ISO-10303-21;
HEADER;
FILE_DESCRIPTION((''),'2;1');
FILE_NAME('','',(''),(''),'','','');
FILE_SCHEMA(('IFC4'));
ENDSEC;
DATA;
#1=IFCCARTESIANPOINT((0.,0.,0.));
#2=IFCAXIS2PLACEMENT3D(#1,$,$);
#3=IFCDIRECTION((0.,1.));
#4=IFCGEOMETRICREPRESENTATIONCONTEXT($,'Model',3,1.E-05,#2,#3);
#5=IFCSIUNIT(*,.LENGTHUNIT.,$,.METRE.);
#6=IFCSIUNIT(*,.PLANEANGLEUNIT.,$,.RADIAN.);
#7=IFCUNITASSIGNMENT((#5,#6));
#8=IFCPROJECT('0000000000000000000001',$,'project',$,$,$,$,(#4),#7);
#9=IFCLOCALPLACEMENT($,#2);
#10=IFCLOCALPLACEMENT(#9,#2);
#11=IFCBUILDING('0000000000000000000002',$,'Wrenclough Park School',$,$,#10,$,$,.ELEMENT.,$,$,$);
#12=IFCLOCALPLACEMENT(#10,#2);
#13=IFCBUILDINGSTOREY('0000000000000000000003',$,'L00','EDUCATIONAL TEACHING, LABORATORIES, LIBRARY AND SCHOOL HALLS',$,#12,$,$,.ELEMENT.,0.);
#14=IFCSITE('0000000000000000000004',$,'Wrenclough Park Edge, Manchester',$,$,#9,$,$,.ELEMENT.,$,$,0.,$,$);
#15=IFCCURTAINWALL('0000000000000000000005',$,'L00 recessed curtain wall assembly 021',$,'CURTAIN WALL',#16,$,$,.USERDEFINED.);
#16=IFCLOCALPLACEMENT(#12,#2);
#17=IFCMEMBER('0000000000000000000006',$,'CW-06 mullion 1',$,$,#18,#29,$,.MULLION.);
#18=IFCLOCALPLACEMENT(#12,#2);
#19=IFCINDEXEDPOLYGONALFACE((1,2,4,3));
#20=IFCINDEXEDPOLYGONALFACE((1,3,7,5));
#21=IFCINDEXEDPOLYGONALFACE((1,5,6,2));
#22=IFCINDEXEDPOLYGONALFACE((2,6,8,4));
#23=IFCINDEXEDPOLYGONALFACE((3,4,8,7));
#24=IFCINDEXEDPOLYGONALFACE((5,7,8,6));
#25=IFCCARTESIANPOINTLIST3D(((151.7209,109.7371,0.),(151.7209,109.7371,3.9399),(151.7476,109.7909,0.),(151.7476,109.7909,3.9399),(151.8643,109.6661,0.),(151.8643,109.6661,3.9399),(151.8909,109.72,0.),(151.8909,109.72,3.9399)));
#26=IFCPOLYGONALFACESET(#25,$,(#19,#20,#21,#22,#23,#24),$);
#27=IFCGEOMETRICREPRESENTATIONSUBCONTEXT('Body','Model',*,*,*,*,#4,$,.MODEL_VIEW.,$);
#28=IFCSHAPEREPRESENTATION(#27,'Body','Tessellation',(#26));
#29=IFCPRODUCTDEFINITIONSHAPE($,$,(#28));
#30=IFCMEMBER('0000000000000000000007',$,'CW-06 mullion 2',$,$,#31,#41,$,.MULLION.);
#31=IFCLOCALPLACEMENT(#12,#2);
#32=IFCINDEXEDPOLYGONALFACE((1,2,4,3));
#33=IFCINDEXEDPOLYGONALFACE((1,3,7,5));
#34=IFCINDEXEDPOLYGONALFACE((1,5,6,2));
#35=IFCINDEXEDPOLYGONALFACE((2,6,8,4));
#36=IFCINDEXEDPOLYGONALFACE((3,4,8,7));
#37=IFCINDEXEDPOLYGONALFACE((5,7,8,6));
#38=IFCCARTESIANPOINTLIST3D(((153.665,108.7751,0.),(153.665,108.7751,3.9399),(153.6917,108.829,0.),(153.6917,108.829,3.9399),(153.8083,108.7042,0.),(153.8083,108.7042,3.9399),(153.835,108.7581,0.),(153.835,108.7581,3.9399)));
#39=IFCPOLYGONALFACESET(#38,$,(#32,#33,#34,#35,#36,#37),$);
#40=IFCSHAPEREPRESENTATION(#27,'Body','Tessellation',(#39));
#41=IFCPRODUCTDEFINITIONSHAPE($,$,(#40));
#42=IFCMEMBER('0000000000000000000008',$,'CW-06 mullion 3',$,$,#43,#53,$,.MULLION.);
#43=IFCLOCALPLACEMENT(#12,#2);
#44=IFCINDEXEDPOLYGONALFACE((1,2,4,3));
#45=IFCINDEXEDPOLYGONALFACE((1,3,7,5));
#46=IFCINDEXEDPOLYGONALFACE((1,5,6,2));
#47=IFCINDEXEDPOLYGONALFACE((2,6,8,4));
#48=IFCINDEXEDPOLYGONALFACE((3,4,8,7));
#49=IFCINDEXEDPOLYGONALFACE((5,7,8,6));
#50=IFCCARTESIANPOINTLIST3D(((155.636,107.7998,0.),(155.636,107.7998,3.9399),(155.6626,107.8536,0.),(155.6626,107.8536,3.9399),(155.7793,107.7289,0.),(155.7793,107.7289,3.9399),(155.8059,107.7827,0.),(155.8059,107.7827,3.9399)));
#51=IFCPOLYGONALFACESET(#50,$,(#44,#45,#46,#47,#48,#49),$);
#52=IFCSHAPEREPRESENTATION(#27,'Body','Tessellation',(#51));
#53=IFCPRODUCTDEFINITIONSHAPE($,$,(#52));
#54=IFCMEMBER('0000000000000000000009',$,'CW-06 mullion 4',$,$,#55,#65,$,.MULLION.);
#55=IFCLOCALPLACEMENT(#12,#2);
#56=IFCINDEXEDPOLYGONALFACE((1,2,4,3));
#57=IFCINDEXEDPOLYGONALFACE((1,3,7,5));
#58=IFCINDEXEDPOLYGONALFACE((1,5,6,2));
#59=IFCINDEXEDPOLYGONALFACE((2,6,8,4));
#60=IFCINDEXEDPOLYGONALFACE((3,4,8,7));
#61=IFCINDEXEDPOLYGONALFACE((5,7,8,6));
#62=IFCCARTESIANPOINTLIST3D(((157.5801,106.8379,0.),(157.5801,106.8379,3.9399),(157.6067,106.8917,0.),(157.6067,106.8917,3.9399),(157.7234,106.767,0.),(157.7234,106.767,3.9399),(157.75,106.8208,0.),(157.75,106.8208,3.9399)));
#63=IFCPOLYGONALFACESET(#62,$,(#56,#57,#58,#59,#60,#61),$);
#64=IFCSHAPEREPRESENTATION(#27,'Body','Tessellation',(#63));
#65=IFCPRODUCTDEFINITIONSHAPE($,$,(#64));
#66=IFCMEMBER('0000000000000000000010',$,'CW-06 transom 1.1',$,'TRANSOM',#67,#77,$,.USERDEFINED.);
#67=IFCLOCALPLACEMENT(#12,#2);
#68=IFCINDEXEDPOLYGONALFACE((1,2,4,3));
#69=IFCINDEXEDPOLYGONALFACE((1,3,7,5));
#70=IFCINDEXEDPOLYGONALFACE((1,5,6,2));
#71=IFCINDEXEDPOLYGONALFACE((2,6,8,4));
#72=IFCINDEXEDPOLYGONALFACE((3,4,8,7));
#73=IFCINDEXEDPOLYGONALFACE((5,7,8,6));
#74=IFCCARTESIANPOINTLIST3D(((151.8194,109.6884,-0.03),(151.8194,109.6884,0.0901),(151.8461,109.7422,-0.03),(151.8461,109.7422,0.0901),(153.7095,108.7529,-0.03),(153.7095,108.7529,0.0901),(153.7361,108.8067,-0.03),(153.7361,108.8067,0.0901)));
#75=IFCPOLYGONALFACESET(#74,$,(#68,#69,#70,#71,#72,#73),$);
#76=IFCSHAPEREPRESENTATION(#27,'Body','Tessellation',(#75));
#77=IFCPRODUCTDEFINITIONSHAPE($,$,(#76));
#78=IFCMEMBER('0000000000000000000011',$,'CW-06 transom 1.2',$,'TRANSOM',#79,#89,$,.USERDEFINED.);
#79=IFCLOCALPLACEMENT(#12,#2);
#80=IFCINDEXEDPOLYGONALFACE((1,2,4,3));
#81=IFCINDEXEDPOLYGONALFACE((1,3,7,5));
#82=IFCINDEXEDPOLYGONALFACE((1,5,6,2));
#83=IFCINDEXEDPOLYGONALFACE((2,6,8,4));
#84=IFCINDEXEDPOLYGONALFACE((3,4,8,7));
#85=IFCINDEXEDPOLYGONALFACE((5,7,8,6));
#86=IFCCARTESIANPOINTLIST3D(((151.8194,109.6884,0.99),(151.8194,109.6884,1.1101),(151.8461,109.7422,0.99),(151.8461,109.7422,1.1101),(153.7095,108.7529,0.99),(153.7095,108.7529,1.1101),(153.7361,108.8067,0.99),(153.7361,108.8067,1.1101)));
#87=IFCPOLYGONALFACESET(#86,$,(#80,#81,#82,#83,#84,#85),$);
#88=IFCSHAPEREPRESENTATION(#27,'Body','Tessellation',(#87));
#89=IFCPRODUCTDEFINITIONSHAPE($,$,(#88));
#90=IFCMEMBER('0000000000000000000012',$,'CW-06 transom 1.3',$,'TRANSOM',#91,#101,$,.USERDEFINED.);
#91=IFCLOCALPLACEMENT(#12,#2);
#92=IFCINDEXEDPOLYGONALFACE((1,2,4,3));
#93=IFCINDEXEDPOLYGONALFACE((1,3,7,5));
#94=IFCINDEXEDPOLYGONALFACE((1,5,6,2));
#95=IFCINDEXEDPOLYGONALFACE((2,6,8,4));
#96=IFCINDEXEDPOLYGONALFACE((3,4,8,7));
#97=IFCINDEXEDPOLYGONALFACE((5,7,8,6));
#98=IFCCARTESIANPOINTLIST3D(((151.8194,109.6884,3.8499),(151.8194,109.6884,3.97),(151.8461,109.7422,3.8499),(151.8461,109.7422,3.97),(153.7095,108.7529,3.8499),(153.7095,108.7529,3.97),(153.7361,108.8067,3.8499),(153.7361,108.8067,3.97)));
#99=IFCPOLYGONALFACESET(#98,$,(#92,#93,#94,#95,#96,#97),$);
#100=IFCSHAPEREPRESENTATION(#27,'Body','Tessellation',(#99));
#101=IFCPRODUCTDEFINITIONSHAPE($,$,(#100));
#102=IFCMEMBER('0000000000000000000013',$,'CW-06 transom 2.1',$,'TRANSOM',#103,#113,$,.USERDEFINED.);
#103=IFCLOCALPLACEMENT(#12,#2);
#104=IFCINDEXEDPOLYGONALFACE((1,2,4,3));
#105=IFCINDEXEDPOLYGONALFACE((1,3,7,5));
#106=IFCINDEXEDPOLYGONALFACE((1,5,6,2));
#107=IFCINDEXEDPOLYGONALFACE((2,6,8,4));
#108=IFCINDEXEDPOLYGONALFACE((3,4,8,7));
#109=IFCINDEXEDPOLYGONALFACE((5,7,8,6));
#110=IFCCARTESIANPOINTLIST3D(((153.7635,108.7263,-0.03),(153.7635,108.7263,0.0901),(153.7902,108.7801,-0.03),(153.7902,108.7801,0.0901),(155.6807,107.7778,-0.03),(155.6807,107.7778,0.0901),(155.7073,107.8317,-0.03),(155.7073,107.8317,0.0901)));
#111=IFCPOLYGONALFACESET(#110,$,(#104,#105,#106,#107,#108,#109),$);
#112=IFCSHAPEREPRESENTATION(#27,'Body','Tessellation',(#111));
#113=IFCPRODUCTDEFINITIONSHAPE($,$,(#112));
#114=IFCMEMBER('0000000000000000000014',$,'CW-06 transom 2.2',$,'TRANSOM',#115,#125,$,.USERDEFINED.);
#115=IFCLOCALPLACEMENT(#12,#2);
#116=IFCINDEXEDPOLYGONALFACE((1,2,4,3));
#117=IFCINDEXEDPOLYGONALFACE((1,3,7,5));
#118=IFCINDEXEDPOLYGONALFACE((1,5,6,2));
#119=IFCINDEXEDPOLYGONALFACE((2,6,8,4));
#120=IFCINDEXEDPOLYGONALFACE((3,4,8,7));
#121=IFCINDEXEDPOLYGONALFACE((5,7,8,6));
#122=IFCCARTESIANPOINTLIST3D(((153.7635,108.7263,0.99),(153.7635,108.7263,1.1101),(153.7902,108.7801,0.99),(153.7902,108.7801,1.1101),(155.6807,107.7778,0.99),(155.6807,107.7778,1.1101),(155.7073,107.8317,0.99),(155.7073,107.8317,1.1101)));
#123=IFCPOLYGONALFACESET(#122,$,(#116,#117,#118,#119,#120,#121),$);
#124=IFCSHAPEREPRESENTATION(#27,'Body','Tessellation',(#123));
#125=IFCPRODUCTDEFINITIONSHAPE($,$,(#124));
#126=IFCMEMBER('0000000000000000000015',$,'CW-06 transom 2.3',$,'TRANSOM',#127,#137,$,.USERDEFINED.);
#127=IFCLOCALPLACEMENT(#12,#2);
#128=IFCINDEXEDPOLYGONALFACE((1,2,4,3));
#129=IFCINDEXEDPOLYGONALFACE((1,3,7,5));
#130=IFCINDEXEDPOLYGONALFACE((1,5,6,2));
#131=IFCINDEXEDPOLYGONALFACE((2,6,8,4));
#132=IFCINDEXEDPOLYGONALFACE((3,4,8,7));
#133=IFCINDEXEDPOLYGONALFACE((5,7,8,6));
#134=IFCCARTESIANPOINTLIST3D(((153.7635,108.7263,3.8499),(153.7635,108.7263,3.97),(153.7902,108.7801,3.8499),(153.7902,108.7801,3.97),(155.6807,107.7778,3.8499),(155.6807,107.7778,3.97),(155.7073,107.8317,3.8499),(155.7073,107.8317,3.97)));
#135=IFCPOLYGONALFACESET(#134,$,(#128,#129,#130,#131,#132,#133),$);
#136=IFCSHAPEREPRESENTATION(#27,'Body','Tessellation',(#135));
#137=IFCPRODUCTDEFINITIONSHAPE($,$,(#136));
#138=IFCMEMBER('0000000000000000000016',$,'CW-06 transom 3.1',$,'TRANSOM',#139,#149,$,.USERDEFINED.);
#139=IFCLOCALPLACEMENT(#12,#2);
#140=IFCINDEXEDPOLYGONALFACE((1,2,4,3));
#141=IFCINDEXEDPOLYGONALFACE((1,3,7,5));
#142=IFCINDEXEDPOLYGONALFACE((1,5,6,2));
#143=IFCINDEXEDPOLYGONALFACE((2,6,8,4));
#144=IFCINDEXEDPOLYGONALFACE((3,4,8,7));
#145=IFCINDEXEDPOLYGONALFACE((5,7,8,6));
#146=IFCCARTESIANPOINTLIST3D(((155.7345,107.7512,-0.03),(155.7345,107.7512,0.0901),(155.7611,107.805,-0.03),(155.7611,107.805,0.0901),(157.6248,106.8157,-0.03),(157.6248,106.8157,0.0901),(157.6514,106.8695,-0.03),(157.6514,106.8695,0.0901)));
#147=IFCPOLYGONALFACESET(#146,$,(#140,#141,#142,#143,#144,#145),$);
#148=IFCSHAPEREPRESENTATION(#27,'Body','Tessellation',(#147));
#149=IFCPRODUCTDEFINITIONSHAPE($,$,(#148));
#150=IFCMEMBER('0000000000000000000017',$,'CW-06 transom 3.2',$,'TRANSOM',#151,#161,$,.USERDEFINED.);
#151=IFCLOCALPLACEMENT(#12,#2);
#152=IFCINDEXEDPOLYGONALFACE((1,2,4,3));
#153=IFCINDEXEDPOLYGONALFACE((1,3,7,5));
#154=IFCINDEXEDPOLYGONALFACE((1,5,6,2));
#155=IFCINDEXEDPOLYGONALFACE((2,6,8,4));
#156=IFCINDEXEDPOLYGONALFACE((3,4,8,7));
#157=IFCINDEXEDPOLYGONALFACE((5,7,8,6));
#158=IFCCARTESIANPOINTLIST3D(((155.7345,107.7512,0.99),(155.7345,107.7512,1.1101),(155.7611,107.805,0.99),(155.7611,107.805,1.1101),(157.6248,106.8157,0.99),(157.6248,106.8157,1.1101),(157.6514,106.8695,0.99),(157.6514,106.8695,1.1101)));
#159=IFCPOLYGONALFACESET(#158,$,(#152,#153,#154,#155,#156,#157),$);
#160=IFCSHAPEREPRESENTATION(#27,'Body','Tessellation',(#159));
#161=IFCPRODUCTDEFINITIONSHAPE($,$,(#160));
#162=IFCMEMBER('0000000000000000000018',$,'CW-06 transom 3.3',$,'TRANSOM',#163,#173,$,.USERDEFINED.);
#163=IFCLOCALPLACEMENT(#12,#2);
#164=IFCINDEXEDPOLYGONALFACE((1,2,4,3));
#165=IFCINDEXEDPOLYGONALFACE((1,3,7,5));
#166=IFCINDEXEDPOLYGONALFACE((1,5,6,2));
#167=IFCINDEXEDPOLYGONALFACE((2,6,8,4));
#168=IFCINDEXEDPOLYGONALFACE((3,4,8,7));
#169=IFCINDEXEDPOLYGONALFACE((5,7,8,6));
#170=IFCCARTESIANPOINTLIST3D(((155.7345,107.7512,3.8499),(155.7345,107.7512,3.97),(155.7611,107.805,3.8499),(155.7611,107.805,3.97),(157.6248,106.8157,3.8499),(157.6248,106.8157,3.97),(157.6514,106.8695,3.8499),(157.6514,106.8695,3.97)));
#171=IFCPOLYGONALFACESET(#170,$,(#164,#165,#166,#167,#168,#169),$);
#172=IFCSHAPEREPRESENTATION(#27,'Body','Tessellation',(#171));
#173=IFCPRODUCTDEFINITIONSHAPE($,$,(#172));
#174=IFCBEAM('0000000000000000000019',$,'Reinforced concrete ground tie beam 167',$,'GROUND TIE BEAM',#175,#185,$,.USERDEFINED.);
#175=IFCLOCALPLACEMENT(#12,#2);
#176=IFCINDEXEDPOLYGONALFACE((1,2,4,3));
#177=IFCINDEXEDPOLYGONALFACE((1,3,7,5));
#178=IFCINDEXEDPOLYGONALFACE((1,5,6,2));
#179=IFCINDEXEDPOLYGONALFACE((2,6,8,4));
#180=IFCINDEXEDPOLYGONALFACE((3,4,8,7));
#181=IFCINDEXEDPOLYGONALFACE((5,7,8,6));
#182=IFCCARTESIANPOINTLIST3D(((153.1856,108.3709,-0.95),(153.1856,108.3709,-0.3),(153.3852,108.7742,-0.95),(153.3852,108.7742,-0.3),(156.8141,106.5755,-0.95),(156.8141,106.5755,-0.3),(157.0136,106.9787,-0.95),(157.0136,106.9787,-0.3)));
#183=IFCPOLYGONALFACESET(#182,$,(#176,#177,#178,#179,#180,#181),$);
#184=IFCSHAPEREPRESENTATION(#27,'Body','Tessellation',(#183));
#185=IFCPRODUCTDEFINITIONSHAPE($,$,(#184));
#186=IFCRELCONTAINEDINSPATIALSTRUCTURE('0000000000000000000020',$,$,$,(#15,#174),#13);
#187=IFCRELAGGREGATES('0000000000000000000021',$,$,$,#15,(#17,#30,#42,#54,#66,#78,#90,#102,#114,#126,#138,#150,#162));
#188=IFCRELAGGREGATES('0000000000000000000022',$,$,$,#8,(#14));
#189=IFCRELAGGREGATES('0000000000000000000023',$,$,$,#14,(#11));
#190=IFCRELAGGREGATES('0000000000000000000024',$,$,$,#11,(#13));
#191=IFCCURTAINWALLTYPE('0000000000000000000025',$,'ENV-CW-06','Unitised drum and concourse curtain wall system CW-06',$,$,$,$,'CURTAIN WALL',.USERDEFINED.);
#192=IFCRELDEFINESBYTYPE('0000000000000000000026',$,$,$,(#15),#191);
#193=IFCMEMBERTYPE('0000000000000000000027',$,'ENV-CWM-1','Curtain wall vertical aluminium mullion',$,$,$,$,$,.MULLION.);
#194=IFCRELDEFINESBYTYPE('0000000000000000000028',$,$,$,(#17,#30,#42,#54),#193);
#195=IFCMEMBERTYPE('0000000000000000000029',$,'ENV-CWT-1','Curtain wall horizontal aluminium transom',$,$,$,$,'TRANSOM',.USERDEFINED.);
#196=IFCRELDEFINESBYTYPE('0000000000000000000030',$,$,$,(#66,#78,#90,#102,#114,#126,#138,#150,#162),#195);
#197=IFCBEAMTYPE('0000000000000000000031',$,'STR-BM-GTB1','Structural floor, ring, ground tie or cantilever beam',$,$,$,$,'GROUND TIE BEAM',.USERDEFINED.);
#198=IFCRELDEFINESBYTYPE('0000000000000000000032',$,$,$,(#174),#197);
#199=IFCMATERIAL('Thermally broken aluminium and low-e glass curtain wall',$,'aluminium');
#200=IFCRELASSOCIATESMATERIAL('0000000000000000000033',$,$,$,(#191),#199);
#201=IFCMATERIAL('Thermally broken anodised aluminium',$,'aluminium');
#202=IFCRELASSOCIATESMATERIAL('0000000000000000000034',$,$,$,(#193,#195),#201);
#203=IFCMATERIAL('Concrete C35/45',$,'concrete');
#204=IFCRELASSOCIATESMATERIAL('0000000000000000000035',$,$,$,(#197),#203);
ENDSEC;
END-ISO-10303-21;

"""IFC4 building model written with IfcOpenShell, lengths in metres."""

from ifc_helpers import new_model, si_unit, direction, frame, origin, origin_2d, place, context, subcontext, project, spatial, rectangle, extrude, material, material_profile, profile_set, type_object, element, aggregate, save


model = new_model("IFC4")

# Units and contexts
model_context = context("Model", 3, precision=1e-05, world=origin(), true_north=direction((0.0, 1.0)))
body_context = subcontext(model_context, "Body", "Model", "MODEL_VIEW")
ifc_project = project(units=[si_unit("LENGTHUNIT", "METRE"), si_unit("PLANEANGLEUNIT", "RADIAN")], contexts=[model_context])

# Site, building, storey
site_placement = place(None, origin())
site = spatial("IfcSite", under=ifc_project, at=site_placement, Name="Wrenclough Park Edge, Manchester", CompositionType="ELEMENT", RefElevation=0.0)
building_placement = place(site_placement, origin())
building = spatial("IfcBuilding", under=site, at=building_placement, Name="Wrenclough Park School", CompositionType="ELEMENT")
storey_placement = place(building_placement, origin())
storey = spatial("IfcBuildingStorey", under=building, at=storey_placement, Name="L00", Description="EDUCATIONAL TEACHING, LABORATORIES, LIBRARY AND SCHOOL HALLS", CompositionType="ELEMENT", Elevation=0.0)

# Shared definitions
ifc_material_1 = material(Name="Concrete C35/45", Category="concrete")

# Curtain wall, members
ifc_material_2 = material(Name="Thermally broken aluminium and low-e glass curtain wall", Category="aluminium")
curtain_wall_type = type_object("IfcCurtainWallType", Name="ENV-CW-06", Description="Unitised drum and concourse curtain wall system CW-06", ElementType="CURTAIN WALL", PredefinedType="USERDEFINED", material=ifc_material_2)
curtain_wall_placement = place(storey_placement, origin())
curtain_wall = element("IfcCurtainWall", 1, at=curtain_wall_placement, inside=storey, type_object=curtain_wall_type, Name="L00 recessed curtain wall assembly 021", ObjectType="CURTAIN WALL", PredefinedType="USERDEFINED")
ifc_material_3 = material(Name="Thermally broken anodised aluminium", Category="aluminium")
ifc_material_profile_1 = material_profile(ifc_material_3, rectangle(XDim=0.0601, YDim=0.1599, at=origin_2d()), Name="AL MULLION 60x160")
ifc_profile_set_1 = profile_set([ifc_material_profile_1], Name="Thermally broken anodised aluminium")
member_type_1 = type_object("IfcMemberType", Name="ENV-CWM-1", Description="Curtain wall vertical aluminium mullion", PredefinedType="MULLION", material=ifc_profile_set_1)
member_1_placement = place(storey_placement, frame((151.8059, 109.7285, 0.0), z_axis=(0.0, 0.0, 1.0), x_axis=(0.443499, 0.896275, 0.0)))
member_1 = element("IfcMember", 2, at=member_1_placement, type_object=member_type_1, Name="CW-06 mullion 1", PredefinedType="MULLION", context=body_context, shape_type="SweptSolid", body=[
    extrude(rectangle(XDim=0.0601, YDim=0.1599, at=origin_2d()), origin(), (0.0, 0.0, 1.0), 3.9399),
])
member_2_placement = place(storey_placement, frame((153.75, 108.7666, 0.0), z_axis=(0.0, 0.0, 1.0), x_axis=(0.443499, 0.896275, 0.0)))
member_2 = element("IfcMember", 3, at=member_2_placement, type_object=member_type_1, Name="CW-06 mullion 2", PredefinedType="MULLION", context=body_context, shape_type="SweptSolid", body=[
    extrude(rectangle(XDim=0.0601, YDim=0.1599, at=origin_2d()), origin(), (0.0, 0.0, 1.0), 3.9399),
])
member_3_placement = place(storey_placement, frame((155.7209, 107.7913, 0.0), z_axis=(0.0, 0.0, 1.0), x_axis=(0.443499, 0.896275, 0.0)))
member_3 = element("IfcMember", 4, at=member_3_placement, type_object=member_type_1, Name="CW-06 mullion 3", PredefinedType="MULLION", context=body_context, shape_type="SweptSolid", body=[
    extrude(rectangle(XDim=0.0601, YDim=0.1599, at=origin_2d()), origin(), (0.0, 0.0, 1.0), 3.9399),
])
member_4_placement = place(storey_placement, frame((157.665, 106.8293, 0.0), z_axis=(0.0, 0.0, 1.0), x_axis=(0.443499, 0.896275, 0.0)))
member_4 = element("IfcMember", 5, at=member_4_placement, type_object=member_type_1, Name="CW-06 mullion 4", PredefinedType="MULLION", context=body_context, shape_type="SweptSolid", body=[
    extrude(rectangle(XDim=0.0601, YDim=0.1599, at=origin_2d()), origin(), (0.0, 0.0, 1.0), 3.9399),
])
ifc_material_profile_2 = material_profile(ifc_material_3, rectangle(XDim=0.0601, YDim=0.1201, at=origin_2d()), Name="AL TRANSOM 60x120")
ifc_profile_set_2 = profile_set([ifc_material_profile_2], Name="Thermally broken anodised aluminium")
member_type_2 = type_object("IfcMemberType", Name="ENV-CWT-1", Description="Curtain wall horizontal aluminium transom", ElementType="TRANSOM", PredefinedType="USERDEFINED", material=ifc_profile_set_2)
member_5_placement = place(storey_placement, frame((151.8328, 109.7153, 0.03), z_axis=(0.896226, -0.443598, 0.0), x_axis=(0.443598, 0.896226, 0.0)))
member_5 = element("IfcMember", 6, at=member_5_placement, type_object=member_type_2, Name="CW-06 transom 1.1", ObjectType="TRANSOM", PredefinedType="USERDEFINED", context=body_context, shape_type="SweptSolid", body=[
    extrude(rectangle(XDim=0.0601, YDim=0.1201, at=origin_2d()), origin(), (0.0, 0.0, 1.0), 2.1089),
])
member_6_placement = place(storey_placement, frame((151.8328, 109.7153, 1.05), z_axis=(0.896226, -0.443598, 0.0), x_axis=(0.443598, 0.896226, 0.0)))
member_6 = element("IfcMember", 7, at=member_6_placement, type_object=member_type_2, Name="CW-06 transom 1.2", ObjectType="TRANSOM", PredefinedType="USERDEFINED", context=body_context, shape_type="SweptSolid", body=[
    extrude(rectangle(XDim=0.0601, YDim=0.1201, at=origin_2d()), origin(), (0.0, 0.0, 1.0), 2.1089),
])
member_7_placement = place(storey_placement, frame((151.8328, 109.7153, 3.9099), z_axis=(0.896226, -0.443598, 0.0), x_axis=(0.443598, 0.896226, 0.0)))
member_7 = element("IfcMember", 8, at=member_7_placement, type_object=member_type_2, Name="CW-06 transom 1.3", ObjectType="TRANSOM", PredefinedType="USERDEFINED", context=body_context, shape_type="SweptSolid", body=[
    extrude(rectangle(XDim=0.0601, YDim=0.1201, at=origin_2d()), origin(), (0.0, 0.0, 1.0), 2.1089),
])
member_8_placement = place(storey_placement, frame((153.7769, 108.7532, 0.03), z_axis=(0.896314, -0.44342, 0.0), x_axis=(0.44342, 0.896314, 0.0)))
member_8 = element("IfcMember", 9, at=member_8_placement, type_object=member_type_2, Name="CW-06 transom 2.1", ObjectType="TRANSOM", PredefinedType="USERDEFINED", context=body_context, shape_type="SweptSolid", body=[
    extrude(rectangle(XDim=0.0601, YDim=0.1201, at=origin_2d()), origin(), (0.0, 0.0, 1.0), 2.1389),
])
member_9_placement = place(storey_placement, frame((153.7769, 108.7532, 1.05), z_axis=(0.896314, -0.44342, 0.0), x_axis=(0.44342, 0.896314, 0.0)))
member_9 = element("IfcMember", 10, at=member_9_placement, type_object=member_type_2, Name="CW-06 transom 2.2", ObjectType="TRANSOM", PredefinedType="USERDEFINED", context=body_context, shape_type="SweptSolid", body=[
    extrude(rectangle(XDim=0.0601, YDim=0.1201, at=origin_2d()), origin(), (0.0, 0.0, 1.0), 2.1389),
])
member_10_placement = place(storey_placement, frame((153.7769, 108.7532, 3.9099), z_axis=(0.896314, -0.44342, 0.0), x_axis=(0.44342, 0.896314, 0.0)))
member_10 = element("IfcMember", 11, at=member_10_placement, type_object=member_type_2, Name="CW-06 transom 2.3", ObjectType="TRANSOM", PredefinedType="USERDEFINED", context=body_context, shape_type="SweptSolid", body=[
    extrude(rectangle(XDim=0.0601, YDim=0.1201, at=origin_2d()), origin(), (0.0, 0.0, 1.0), 2.1389),
])
member_11_placement = place(storey_placement, frame((155.7478, 107.7781, 0.03), z_axis=(0.896249, -0.443552, 0.0), x_axis=(0.443552, 0.896249, 0.0)))
member_11 = element("IfcMember", 12, at=member_11_placement, type_object=member_type_2, Name="CW-06 transom 3.1", ObjectType="TRANSOM", PredefinedType="USERDEFINED", context=body_context, shape_type="SweptSolid", body=[
    extrude(rectangle(XDim=0.0601, YDim=0.1201, at=origin_2d()), origin(), (0.0, 0.0, 1.0), 2.1091),
])
member_12_placement = place(storey_placement, frame((155.7478, 107.7781, 1.05), z_axis=(0.896249, -0.443552, 0.0), x_axis=(0.443552, 0.896249, 0.0)))
member_12 = element("IfcMember", 13, at=member_12_placement, type_object=member_type_2, Name="CW-06 transom 3.2", ObjectType="TRANSOM", PredefinedType="USERDEFINED", context=body_context, shape_type="SweptSolid", body=[
    extrude(rectangle(XDim=0.0601, YDim=0.1201, at=origin_2d()), origin(), (0.0, 0.0, 1.0), 2.1091),
])
member_13_placement = place(storey_placement, frame((155.7478, 107.7781, 3.9099), z_axis=(0.896249, -0.443552, 0.0), x_axis=(0.443552, 0.896249, 0.0)))
member_13 = element("IfcMember", 14, at=member_13_placement, type_object=member_type_2, Name="CW-06 transom 3.3", ObjectType="TRANSOM", PredefinedType="USERDEFINED", context=body_context, shape_type="SweptSolid", body=[
    extrude(rectangle(XDim=0.0601, YDim=0.1201, at=origin_2d()), origin(), (0.0, 0.0, 1.0), 2.1091),
])

# Beam
ifc_material_profile_3 = material_profile(ifc_material_1, rectangle(XDim=0.45, YDim=0.6499, at=origin_2d()), Name="RC GROUND 450x650")
ifc_profile_set_3 = profile_set([ifc_material_profile_3], Name="Concrete C35/45")
beam_type = type_object("IfcBeamType", Name="STR-BM-GTB1", Description="Structural floor, ring, ground tie or cantilever beam", ElementType="GROUND TIE BEAM", PredefinedType="USERDEFINED", material=ifc_profile_set_3)
beam_placement = place(storey_placement, frame((153.2854, 108.5725, -0.625), z_axis=(0.896277, -0.443495, 0.0), x_axis=(0.443495, 0.896277, 0.0)))
element("IfcBeam", 15, at=beam_placement, inside=storey, type_object=beam_type, Name="Reinforced concrete ground tie beam 167", ObjectType="GROUND TIE BEAM", PredefinedType="USERDEFINED", context=body_context, shape_type="SweptSolid", body=[
    extrude(rectangle(XDim=0.45, YDim=0.6499, at=origin_2d()), origin(), (0.0, 0.0, 1.0), 4.0483),
])

aggregate(curtain_wall, [member_1, member_2, member_3, member_4, member_5, member_6, member_7, member_8, member_9, member_10, member_11, member_12, member_13])

save(model, "model.ifc")
